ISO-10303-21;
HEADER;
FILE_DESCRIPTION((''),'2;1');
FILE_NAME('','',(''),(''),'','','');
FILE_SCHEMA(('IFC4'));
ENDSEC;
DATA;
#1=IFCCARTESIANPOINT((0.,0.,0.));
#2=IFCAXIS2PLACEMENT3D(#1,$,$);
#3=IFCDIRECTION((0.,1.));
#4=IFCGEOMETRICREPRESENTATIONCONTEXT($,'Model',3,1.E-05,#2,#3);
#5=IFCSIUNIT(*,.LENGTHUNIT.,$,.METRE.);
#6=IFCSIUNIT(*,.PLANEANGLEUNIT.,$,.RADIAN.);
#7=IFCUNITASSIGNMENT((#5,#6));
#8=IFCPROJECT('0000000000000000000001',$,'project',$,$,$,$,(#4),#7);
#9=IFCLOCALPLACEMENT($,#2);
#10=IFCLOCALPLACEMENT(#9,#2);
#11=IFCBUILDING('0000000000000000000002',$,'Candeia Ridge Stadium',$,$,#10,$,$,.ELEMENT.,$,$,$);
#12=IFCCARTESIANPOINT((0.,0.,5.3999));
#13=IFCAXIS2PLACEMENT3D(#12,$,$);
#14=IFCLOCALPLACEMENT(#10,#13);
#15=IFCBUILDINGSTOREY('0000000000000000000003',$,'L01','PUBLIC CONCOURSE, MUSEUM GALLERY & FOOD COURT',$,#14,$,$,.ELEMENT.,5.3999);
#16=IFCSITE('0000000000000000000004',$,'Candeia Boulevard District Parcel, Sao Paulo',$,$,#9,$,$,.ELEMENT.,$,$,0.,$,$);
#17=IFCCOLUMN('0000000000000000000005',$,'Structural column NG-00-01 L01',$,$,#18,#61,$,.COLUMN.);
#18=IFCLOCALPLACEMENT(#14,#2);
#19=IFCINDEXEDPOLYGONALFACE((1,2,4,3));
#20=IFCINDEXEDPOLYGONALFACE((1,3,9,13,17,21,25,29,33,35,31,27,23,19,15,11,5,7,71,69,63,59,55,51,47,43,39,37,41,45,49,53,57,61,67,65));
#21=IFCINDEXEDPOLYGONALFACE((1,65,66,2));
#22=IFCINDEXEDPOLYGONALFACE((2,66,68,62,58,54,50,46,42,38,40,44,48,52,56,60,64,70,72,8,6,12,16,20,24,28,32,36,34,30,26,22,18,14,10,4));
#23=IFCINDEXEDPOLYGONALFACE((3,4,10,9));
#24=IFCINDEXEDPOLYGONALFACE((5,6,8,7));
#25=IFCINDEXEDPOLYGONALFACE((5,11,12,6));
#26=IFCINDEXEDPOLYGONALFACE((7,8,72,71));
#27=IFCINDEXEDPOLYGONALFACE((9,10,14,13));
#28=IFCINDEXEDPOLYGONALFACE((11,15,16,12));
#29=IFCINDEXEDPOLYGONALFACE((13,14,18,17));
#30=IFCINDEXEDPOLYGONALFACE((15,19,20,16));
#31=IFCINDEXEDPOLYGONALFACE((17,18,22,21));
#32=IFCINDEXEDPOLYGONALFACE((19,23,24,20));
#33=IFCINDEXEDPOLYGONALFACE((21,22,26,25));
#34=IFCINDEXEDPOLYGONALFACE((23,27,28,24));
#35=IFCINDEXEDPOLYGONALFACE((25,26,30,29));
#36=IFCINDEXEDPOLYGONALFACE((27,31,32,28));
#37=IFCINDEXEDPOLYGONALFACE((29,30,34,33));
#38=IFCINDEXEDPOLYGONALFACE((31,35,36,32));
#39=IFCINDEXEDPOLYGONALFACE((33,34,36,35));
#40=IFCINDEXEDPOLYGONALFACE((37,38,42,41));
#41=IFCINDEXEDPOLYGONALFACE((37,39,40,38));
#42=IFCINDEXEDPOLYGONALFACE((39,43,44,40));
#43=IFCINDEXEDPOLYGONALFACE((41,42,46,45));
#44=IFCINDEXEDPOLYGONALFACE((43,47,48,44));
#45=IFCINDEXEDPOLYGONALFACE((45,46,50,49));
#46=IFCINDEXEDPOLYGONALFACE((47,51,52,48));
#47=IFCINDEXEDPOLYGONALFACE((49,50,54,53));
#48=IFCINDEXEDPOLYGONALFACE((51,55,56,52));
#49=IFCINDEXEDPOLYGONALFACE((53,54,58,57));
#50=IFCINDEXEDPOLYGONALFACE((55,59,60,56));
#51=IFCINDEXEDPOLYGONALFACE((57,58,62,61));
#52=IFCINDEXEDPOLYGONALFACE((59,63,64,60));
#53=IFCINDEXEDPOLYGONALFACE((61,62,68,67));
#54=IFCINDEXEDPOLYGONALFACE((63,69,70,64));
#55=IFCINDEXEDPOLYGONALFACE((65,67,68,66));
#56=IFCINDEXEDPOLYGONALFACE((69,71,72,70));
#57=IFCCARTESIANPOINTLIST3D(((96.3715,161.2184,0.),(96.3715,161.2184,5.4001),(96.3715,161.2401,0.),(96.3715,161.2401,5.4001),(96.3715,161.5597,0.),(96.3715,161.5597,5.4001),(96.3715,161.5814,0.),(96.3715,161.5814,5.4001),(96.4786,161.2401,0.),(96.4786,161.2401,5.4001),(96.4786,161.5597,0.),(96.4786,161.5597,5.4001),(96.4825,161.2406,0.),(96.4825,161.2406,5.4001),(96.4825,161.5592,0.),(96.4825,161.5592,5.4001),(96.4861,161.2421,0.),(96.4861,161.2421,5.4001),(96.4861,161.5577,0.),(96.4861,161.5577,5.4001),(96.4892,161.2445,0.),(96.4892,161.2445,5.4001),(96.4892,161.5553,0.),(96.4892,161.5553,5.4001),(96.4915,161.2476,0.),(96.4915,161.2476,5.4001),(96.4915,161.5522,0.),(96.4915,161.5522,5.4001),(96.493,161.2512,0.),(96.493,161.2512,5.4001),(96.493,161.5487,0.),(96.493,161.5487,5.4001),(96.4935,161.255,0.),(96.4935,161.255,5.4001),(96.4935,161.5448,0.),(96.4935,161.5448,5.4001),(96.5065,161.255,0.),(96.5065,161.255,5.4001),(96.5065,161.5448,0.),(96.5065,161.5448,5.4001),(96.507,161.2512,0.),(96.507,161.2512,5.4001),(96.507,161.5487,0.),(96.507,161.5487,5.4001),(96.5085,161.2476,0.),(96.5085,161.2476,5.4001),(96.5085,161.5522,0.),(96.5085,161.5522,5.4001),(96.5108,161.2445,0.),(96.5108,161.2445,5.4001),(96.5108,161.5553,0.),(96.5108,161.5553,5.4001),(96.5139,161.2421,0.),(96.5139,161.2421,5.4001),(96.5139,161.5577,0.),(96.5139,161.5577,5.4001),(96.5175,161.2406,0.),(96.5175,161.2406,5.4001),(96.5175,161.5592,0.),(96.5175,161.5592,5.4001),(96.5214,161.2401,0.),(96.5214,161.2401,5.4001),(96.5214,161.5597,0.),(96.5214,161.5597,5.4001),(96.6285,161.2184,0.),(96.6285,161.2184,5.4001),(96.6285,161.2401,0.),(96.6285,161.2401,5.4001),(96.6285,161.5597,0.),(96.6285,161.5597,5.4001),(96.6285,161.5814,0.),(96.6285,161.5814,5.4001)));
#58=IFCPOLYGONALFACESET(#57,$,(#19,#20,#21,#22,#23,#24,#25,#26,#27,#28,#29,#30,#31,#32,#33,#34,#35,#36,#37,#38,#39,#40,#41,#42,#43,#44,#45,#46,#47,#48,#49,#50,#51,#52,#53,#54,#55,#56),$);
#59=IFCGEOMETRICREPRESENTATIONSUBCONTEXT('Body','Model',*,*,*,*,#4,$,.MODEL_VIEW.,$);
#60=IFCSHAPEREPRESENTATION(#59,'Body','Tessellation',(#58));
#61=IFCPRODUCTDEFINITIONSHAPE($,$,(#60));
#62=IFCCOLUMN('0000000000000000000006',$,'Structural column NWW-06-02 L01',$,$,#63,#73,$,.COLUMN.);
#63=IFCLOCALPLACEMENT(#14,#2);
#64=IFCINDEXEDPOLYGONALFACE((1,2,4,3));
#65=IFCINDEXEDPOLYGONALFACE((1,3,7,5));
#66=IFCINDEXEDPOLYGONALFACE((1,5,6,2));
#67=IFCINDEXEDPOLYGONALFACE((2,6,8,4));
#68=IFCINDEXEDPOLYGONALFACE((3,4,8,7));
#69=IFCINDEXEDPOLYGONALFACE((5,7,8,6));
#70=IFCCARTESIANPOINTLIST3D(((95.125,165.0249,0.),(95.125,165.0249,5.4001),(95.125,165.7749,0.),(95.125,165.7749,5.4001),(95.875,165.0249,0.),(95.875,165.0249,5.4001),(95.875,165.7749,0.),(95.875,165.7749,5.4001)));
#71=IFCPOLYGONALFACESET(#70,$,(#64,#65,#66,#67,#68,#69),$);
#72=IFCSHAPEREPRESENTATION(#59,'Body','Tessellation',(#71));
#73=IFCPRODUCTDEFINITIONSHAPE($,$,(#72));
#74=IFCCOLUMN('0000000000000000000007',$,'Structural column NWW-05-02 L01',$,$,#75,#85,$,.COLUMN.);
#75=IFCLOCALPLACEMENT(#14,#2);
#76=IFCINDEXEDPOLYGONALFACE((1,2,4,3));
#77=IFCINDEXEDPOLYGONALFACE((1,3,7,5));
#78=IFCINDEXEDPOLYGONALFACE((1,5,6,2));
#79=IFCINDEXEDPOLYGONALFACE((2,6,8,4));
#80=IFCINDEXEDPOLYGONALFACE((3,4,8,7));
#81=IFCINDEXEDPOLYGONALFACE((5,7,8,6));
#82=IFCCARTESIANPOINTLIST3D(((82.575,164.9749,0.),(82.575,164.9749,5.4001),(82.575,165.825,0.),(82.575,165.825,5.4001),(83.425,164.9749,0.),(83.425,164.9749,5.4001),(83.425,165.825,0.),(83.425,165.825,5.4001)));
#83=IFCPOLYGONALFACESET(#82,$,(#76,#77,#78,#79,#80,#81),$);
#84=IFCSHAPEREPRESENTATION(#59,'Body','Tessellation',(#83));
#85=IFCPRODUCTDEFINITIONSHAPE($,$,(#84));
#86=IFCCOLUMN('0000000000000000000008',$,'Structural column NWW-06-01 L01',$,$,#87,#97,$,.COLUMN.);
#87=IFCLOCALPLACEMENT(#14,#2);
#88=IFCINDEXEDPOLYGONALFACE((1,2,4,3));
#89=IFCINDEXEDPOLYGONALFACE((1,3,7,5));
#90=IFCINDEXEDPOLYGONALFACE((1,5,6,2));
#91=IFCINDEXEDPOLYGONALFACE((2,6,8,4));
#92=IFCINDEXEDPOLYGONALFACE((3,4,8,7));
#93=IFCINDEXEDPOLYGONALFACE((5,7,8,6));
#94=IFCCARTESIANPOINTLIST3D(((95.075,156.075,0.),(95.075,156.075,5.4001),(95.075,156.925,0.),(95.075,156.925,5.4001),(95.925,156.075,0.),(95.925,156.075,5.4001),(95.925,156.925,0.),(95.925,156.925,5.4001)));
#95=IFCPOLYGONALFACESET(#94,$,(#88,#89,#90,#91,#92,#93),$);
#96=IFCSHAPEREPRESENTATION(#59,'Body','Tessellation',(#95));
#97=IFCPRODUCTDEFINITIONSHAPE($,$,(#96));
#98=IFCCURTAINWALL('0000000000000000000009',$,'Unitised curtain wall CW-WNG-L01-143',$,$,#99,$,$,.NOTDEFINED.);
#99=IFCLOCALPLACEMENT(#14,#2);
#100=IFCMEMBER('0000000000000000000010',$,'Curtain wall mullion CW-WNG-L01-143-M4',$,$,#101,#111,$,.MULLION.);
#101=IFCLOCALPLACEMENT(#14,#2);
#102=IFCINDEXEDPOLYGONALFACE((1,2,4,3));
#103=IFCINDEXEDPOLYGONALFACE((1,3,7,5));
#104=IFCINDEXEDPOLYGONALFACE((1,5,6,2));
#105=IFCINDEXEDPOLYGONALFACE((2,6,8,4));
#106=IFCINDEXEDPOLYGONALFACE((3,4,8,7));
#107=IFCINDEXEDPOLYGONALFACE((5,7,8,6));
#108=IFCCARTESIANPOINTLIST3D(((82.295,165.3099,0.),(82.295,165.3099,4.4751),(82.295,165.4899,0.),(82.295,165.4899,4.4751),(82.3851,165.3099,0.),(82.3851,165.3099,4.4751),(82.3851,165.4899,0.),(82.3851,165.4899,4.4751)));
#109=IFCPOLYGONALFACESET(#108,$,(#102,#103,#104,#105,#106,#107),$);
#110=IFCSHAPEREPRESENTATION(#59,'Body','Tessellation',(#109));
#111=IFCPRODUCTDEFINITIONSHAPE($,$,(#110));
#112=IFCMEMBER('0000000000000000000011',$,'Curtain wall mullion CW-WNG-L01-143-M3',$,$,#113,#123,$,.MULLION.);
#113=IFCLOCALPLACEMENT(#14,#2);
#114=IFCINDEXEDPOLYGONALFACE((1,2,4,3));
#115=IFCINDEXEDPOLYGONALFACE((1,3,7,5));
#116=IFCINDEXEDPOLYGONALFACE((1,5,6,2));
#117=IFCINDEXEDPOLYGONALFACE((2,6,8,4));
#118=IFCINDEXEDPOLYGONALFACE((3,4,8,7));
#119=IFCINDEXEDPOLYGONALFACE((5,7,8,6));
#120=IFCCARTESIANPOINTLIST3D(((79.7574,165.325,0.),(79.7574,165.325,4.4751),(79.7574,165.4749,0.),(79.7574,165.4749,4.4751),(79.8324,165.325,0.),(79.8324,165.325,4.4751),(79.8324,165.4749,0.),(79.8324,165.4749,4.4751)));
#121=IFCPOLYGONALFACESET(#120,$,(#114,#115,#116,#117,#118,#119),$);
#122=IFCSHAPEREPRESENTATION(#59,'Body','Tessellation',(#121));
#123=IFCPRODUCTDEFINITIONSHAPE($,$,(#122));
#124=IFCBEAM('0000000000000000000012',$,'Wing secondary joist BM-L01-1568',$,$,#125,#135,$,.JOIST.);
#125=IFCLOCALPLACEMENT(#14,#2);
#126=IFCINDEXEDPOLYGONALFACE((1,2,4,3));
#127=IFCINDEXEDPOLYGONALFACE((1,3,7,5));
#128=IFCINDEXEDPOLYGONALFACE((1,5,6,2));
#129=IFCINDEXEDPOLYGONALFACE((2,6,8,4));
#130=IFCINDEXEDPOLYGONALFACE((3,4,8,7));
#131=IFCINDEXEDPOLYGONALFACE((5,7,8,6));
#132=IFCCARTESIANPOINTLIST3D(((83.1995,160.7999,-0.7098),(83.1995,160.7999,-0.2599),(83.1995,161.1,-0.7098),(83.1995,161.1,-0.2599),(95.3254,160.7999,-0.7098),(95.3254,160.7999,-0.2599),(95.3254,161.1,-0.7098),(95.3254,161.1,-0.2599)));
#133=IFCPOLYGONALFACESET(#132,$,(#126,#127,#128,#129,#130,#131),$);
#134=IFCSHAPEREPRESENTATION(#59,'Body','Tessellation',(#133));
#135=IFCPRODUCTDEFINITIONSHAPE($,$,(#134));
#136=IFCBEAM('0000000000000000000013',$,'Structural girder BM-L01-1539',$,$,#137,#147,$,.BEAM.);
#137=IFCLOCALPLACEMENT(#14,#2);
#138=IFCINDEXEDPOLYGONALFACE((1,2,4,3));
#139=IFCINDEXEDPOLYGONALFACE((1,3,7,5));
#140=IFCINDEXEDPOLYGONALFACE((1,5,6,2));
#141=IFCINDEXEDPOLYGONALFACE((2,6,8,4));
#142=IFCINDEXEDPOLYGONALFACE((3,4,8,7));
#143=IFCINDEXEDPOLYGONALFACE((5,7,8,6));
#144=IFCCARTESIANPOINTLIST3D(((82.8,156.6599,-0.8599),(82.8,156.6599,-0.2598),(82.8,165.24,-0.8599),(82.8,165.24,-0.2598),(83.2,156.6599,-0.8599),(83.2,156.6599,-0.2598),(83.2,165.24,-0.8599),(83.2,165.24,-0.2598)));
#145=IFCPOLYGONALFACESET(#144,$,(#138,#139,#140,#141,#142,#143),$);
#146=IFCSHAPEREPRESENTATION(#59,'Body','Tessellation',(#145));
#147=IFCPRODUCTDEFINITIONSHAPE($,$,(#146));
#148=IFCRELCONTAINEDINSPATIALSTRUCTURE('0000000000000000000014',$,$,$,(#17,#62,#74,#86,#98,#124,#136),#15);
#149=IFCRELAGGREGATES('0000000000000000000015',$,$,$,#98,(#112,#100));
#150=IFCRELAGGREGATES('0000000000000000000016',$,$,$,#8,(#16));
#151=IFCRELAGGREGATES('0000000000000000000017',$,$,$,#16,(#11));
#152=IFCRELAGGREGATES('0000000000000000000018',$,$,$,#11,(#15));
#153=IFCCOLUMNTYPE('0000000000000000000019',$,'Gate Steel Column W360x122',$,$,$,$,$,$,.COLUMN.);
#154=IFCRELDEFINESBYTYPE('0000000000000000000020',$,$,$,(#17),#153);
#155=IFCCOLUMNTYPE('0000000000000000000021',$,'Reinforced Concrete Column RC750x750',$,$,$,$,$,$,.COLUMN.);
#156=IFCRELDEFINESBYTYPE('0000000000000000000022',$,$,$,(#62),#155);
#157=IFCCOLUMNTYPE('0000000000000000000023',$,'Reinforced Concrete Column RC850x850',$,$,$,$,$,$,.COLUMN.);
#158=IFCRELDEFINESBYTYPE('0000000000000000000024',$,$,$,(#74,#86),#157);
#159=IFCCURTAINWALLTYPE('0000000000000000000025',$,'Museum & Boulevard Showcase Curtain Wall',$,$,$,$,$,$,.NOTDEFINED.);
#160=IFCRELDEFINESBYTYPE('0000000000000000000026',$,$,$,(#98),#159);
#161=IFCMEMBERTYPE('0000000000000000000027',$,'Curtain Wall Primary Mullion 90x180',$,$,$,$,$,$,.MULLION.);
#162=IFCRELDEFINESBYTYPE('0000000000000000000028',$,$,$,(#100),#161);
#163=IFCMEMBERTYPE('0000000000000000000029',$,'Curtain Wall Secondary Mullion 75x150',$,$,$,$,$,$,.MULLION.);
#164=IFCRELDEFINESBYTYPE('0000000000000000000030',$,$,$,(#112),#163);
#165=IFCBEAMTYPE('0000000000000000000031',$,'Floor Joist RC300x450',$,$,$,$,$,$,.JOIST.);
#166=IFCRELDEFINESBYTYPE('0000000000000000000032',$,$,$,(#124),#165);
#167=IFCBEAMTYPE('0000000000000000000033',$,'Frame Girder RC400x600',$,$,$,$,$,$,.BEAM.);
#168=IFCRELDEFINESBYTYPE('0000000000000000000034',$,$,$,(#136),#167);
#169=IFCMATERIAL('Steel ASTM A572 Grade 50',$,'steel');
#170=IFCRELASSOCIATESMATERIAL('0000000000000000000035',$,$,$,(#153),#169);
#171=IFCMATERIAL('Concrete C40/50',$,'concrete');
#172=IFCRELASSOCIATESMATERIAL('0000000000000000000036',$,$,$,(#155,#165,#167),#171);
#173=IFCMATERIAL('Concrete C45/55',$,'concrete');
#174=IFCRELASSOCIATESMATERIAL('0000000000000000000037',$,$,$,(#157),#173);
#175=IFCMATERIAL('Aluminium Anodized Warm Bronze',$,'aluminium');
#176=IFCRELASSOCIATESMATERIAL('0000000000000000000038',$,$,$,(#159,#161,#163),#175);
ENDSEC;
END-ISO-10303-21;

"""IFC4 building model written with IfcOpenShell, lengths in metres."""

from ifc_helpers import new_model, si_unit, direction, frame, origin, origin_2d, place, context, subcontext, project, spatial, rectangle, i_section, extrude, material, material_profile, profile_set, type_object, element, aggregate, save


model = new_model("IFC4")

# Units and contexts
model_context = context("Model", 3, precision=1e-05, world=origin(), true_north=direction((0.0, 1.0)))
body_context = subcontext(model_context, "Body", "Model", "MODEL_VIEW")
ifc_project = project(units=[si_unit("LENGTHUNIT", "METRE"), si_unit("PLANEANGLEUNIT", "RADIAN")], contexts=[model_context])

# Site, building, storey
site_placement = place(None, origin())
site = spatial("IfcSite", under=ifc_project, at=site_placement, Name="Candeia Boulevard District Parcel, Sao Paulo", CompositionType="ELEMENT", RefElevation=0.0)
building_placement = place(site_placement, origin())
building = spatial("IfcBuilding", under=site, at=building_placement, Name="Candeia Ridge Stadium", CompositionType="ELEMENT")
storey_placement = place(building_placement, frame((0.0, 0.0, 5.3999)))
storey = spatial("IfcBuildingStorey", under=building, at=storey_placement, Name="L01", Description="PUBLIC CONCOURSE, MUSEUM GALLERY & FOOD COURT", CompositionType="ELEMENT", Elevation=5.3999)

# Columns
ifc_material_1 = material(Name="Steel ASTM A572 Grade 50", Category="steel")
ifc_material_profile_1 = material_profile(ifc_material_1, i_section(OverallWidth=0.2571, OverallDepth=0.363, WebThickness=0.0129, FlangeThickness=0.0217, FilletRadius=0.0149, at=origin_2d()), Name="W360x122", Category="steel")
ifc_profile_set_1 = profile_set([ifc_material_profile_1], Name="Steel ASTM A572 Grade 50")
column_type_1 = type_object("IfcColumnType", Name="Gate Steel Column W360x122", PredefinedType="COLUMN", material=ifc_profile_set_1)
column_1_placement = place(storey_placement, frame((96.5, 161.3999, 0.0), z_axis=(0.0, 0.0, 1.0), x_axis=(1.0, 0.0, 0.0)))
element("IfcColumn", 1, at=column_1_placement, inside=storey, type_object=column_type_1, Name="Structural column NG-00-01 L01", PredefinedType="COLUMN", context=body_context, shape_type="SweptSolid", body=[
    extrude(i_section(OverallWidth=0.2571, OverallDepth=0.363, WebThickness=0.0129, FlangeThickness=0.0217, FilletRadius=0.0149, at=origin_2d()), origin(), (0.0, 0.0, 1.0), 5.4001),
])
ifc_material_2 = material(Name="Concrete C40/50", Category="concrete")
ifc_material_profile_2 = material_profile(ifc_material_2, rectangle(XDim=0.75, YDim=0.75, at=origin_2d()), Name="RC750x750", Category="concrete")
ifc_profile_set_2 = profile_set([ifc_material_profile_2], Name="Concrete C40/50")
column_type_2 = type_object("IfcColumnType", Name="Reinforced Concrete Column RC750x750", PredefinedType="COLUMN", material=ifc_profile_set_2)
column_2_placement = place(storey_placement, frame((95.5, 165.3999, 0.0), z_axis=(0.0, 0.0, 1.0), x_axis=(1.0, 0.0, 0.0)))
element("IfcColumn", 2, at=column_2_placement, inside=storey, type_object=column_type_2, Name="Structural column NWW-06-02 L01", PredefinedType="COLUMN", context=body_context, shape_type="SweptSolid", body=[
    extrude(rectangle(XDim=0.75, YDim=0.75, at=origin_2d()), origin(), (0.0, 0.0, 1.0), 5.4001),
])
ifc_material_3 = material(Name="Concrete C45/55", Category="concrete")
ifc_material_profile_3 = material_profile(ifc_material_3, rectangle(XDim=0.8501, YDim=0.8501, at=origin_2d()), Name="RC850x850", Category="concrete")
ifc_profile_set_3 = profile_set([ifc_material_profile_3], Name="Concrete C45/55")
column_type_3 = type_object("IfcColumnType", Name="Reinforced Concrete Column RC850x850", PredefinedType="COLUMN", material=ifc_profile_set_3)
for number, where, z_axis, x_axis, name in (
    (3, (83.0, 165.3999, 0.0), (0.0, 0.0, 1.0), (1.0, 0.0, 0.0), "Structural column NWW-05-02 L01"),
    (4, (95.5, 156.5, 0.0), (0.0, 0.0, 1.0), (1.0, 0.0, 0.0), "Structural column NWW-06-01 L01"),
):
    element("IfcColumn", number, at=place(storey_placement, frame(where, z_axis=z_axis, x_axis=x_axis)), inside=storey, type_object=column_type_3, Name=name, PredefinedType="COLUMN", context=body_context, shape_type="SweptSolid", body=[
        extrude(rectangle(XDim=0.8501, YDim=0.8501, at=origin_2d()), origin(), (0.0, 0.0, 1.0), 5.4001),
    ])

# Curtain wall, members
ifc_material_4 = material(Name="Aluminium Anodized Warm Bronze", Category="aluminium")
curtain_wall_type = type_object("IfcCurtainWallType", Name="Museum & Boulevard Showcase Curtain Wall", PredefinedType="NOTDEFINED", material=ifc_material_4)
curtain_wall_placement = place(storey_placement, origin())
curtain_wall = element("IfcCurtainWall", 5, at=curtain_wall_placement, inside=storey, type_object=curtain_wall_type, Name="Unitised curtain wall CW-WNG-L01-143", PredefinedType="NOTDEFINED")
ifc_material_profile_4 = material_profile(ifc_material_4, rectangle(XDim=0.0901, YDim=0.1799, at=origin_2d()), Name="CWM-90x180", Category="aluminium")
ifc_profile_set_4 = profile_set([ifc_material_profile_4], Name="Aluminium Anodized Warm Bronze")
member_type_1 = type_object("IfcMemberType", Name="Curtain Wall Primary Mullion 90x180", PredefinedType="MULLION", material=ifc_profile_set_4)
member_1_placement = place(storey_placement, frame((82.3401, 165.3999, 0.0), z_axis=(0.0, 0.0, 1.0), x_axis=(1.0, 0.0, 0.0)))
member_1 = element("IfcMember", 6, at=member_1_placement, type_object=member_type_1, Name="Curtain wall mullion CW-WNG-L01-143-M4", PredefinedType="MULLION", context=body_context, shape_type="SweptSolid", body=[
    extrude(rectangle(XDim=0.0901, YDim=0.1799, at=origin_2d()), origin(), (0.0, 0.0, 1.0), 4.4751),
])
ifc_material_profile_5 = material_profile(ifc_material_4, rectangle(XDim=0.075, YDim=0.1499, at=origin_2d()), Name="CWM-75x150", Category="aluminium")
ifc_profile_set_5 = profile_set([ifc_material_profile_5], Name="Aluminium Anodized Warm Bronze")
member_type_2 = type_object("IfcMemberType", Name="Curtain Wall Secondary Mullion 75x150", PredefinedType="MULLION", material=ifc_profile_set_5)
member_2_placement = place(storey_placement, frame((79.7949, 165.3999, 0.0), z_axis=(0.0, 0.0, 1.0), x_axis=(1.0, 0.0, 0.0)))
member_2 = element("IfcMember", 7, at=member_2_placement, type_object=member_type_2, Name="Curtain wall mullion CW-WNG-L01-143-M3", PredefinedType="MULLION", context=body_context, shape_type="SweptSolid", body=[
    extrude(rectangle(XDim=0.075, YDim=0.1499, at=origin_2d()), origin(), (0.0, 0.0, 1.0), 4.4751),
])

# Beams
ifc_material_profile_6 = material_profile(ifc_material_2, rectangle(XDim=0.3, YDim=0.45, at=origin_2d()), Name="RC300x450", Category="concrete")
ifc_profile_set_6 = profile_set([ifc_material_profile_6], Name="Concrete C40/50")
beam_type_1 = type_object("IfcBeamType", Name="Floor Joist RC300x450", PredefinedType="JOIST", material=ifc_profile_set_6)
beam_1_placement = place(storey_placement, frame((83.1995, 160.95, -0.4849), z_axis=(1.0, 0.0, 0.0), x_axis=(0.0, 1.0, 0.0)))
element("IfcBeam", 8, at=beam_1_placement, inside=storey, type_object=beam_type_1, Name="Wing secondary joist BM-L01-1568", PredefinedType="JOIST", context=body_context, shape_type="SweptSolid", body=[
    extrude(rectangle(XDim=0.3, YDim=0.45, at=origin_2d()), origin(), (0.0, 0.0, 1.0), 12.126),
])
ifc_material_profile_7 = material_profile(ifc_material_2, rectangle(XDim=0.3999, YDim=0.6001, at=origin_2d()), Name="RC400x600", Category="concrete")
ifc_profile_set_7 = profile_set([ifc_material_profile_7], Name="Concrete C40/50")
beam_type_2 = type_object("IfcBeamType", Name="Frame Girder RC400x600", PredefinedType="BEAM", material=ifc_profile_set_7)
beam_2_placement = place(storey_placement, frame((83.0, 156.6599, -0.5598), z_axis=(0.0, 1.0, 0.0), x_axis=(-1.0, 0.0, 0.0)))
element("IfcBeam", 9, at=beam_2_placement, inside=storey, type_object=beam_type_2, Name="Structural girder BM-L01-1539", PredefinedType="BEAM", context=body_context, shape_type="SweptSolid", body=[
    extrude(rectangle(XDim=0.3999, YDim=0.6001, at=origin_2d()), origin(), (0.0, 0.0, 1.0), 8.5801),
])

aggregate(curtain_wall, [member_2, member_1])

save(model, "model.ifc")
